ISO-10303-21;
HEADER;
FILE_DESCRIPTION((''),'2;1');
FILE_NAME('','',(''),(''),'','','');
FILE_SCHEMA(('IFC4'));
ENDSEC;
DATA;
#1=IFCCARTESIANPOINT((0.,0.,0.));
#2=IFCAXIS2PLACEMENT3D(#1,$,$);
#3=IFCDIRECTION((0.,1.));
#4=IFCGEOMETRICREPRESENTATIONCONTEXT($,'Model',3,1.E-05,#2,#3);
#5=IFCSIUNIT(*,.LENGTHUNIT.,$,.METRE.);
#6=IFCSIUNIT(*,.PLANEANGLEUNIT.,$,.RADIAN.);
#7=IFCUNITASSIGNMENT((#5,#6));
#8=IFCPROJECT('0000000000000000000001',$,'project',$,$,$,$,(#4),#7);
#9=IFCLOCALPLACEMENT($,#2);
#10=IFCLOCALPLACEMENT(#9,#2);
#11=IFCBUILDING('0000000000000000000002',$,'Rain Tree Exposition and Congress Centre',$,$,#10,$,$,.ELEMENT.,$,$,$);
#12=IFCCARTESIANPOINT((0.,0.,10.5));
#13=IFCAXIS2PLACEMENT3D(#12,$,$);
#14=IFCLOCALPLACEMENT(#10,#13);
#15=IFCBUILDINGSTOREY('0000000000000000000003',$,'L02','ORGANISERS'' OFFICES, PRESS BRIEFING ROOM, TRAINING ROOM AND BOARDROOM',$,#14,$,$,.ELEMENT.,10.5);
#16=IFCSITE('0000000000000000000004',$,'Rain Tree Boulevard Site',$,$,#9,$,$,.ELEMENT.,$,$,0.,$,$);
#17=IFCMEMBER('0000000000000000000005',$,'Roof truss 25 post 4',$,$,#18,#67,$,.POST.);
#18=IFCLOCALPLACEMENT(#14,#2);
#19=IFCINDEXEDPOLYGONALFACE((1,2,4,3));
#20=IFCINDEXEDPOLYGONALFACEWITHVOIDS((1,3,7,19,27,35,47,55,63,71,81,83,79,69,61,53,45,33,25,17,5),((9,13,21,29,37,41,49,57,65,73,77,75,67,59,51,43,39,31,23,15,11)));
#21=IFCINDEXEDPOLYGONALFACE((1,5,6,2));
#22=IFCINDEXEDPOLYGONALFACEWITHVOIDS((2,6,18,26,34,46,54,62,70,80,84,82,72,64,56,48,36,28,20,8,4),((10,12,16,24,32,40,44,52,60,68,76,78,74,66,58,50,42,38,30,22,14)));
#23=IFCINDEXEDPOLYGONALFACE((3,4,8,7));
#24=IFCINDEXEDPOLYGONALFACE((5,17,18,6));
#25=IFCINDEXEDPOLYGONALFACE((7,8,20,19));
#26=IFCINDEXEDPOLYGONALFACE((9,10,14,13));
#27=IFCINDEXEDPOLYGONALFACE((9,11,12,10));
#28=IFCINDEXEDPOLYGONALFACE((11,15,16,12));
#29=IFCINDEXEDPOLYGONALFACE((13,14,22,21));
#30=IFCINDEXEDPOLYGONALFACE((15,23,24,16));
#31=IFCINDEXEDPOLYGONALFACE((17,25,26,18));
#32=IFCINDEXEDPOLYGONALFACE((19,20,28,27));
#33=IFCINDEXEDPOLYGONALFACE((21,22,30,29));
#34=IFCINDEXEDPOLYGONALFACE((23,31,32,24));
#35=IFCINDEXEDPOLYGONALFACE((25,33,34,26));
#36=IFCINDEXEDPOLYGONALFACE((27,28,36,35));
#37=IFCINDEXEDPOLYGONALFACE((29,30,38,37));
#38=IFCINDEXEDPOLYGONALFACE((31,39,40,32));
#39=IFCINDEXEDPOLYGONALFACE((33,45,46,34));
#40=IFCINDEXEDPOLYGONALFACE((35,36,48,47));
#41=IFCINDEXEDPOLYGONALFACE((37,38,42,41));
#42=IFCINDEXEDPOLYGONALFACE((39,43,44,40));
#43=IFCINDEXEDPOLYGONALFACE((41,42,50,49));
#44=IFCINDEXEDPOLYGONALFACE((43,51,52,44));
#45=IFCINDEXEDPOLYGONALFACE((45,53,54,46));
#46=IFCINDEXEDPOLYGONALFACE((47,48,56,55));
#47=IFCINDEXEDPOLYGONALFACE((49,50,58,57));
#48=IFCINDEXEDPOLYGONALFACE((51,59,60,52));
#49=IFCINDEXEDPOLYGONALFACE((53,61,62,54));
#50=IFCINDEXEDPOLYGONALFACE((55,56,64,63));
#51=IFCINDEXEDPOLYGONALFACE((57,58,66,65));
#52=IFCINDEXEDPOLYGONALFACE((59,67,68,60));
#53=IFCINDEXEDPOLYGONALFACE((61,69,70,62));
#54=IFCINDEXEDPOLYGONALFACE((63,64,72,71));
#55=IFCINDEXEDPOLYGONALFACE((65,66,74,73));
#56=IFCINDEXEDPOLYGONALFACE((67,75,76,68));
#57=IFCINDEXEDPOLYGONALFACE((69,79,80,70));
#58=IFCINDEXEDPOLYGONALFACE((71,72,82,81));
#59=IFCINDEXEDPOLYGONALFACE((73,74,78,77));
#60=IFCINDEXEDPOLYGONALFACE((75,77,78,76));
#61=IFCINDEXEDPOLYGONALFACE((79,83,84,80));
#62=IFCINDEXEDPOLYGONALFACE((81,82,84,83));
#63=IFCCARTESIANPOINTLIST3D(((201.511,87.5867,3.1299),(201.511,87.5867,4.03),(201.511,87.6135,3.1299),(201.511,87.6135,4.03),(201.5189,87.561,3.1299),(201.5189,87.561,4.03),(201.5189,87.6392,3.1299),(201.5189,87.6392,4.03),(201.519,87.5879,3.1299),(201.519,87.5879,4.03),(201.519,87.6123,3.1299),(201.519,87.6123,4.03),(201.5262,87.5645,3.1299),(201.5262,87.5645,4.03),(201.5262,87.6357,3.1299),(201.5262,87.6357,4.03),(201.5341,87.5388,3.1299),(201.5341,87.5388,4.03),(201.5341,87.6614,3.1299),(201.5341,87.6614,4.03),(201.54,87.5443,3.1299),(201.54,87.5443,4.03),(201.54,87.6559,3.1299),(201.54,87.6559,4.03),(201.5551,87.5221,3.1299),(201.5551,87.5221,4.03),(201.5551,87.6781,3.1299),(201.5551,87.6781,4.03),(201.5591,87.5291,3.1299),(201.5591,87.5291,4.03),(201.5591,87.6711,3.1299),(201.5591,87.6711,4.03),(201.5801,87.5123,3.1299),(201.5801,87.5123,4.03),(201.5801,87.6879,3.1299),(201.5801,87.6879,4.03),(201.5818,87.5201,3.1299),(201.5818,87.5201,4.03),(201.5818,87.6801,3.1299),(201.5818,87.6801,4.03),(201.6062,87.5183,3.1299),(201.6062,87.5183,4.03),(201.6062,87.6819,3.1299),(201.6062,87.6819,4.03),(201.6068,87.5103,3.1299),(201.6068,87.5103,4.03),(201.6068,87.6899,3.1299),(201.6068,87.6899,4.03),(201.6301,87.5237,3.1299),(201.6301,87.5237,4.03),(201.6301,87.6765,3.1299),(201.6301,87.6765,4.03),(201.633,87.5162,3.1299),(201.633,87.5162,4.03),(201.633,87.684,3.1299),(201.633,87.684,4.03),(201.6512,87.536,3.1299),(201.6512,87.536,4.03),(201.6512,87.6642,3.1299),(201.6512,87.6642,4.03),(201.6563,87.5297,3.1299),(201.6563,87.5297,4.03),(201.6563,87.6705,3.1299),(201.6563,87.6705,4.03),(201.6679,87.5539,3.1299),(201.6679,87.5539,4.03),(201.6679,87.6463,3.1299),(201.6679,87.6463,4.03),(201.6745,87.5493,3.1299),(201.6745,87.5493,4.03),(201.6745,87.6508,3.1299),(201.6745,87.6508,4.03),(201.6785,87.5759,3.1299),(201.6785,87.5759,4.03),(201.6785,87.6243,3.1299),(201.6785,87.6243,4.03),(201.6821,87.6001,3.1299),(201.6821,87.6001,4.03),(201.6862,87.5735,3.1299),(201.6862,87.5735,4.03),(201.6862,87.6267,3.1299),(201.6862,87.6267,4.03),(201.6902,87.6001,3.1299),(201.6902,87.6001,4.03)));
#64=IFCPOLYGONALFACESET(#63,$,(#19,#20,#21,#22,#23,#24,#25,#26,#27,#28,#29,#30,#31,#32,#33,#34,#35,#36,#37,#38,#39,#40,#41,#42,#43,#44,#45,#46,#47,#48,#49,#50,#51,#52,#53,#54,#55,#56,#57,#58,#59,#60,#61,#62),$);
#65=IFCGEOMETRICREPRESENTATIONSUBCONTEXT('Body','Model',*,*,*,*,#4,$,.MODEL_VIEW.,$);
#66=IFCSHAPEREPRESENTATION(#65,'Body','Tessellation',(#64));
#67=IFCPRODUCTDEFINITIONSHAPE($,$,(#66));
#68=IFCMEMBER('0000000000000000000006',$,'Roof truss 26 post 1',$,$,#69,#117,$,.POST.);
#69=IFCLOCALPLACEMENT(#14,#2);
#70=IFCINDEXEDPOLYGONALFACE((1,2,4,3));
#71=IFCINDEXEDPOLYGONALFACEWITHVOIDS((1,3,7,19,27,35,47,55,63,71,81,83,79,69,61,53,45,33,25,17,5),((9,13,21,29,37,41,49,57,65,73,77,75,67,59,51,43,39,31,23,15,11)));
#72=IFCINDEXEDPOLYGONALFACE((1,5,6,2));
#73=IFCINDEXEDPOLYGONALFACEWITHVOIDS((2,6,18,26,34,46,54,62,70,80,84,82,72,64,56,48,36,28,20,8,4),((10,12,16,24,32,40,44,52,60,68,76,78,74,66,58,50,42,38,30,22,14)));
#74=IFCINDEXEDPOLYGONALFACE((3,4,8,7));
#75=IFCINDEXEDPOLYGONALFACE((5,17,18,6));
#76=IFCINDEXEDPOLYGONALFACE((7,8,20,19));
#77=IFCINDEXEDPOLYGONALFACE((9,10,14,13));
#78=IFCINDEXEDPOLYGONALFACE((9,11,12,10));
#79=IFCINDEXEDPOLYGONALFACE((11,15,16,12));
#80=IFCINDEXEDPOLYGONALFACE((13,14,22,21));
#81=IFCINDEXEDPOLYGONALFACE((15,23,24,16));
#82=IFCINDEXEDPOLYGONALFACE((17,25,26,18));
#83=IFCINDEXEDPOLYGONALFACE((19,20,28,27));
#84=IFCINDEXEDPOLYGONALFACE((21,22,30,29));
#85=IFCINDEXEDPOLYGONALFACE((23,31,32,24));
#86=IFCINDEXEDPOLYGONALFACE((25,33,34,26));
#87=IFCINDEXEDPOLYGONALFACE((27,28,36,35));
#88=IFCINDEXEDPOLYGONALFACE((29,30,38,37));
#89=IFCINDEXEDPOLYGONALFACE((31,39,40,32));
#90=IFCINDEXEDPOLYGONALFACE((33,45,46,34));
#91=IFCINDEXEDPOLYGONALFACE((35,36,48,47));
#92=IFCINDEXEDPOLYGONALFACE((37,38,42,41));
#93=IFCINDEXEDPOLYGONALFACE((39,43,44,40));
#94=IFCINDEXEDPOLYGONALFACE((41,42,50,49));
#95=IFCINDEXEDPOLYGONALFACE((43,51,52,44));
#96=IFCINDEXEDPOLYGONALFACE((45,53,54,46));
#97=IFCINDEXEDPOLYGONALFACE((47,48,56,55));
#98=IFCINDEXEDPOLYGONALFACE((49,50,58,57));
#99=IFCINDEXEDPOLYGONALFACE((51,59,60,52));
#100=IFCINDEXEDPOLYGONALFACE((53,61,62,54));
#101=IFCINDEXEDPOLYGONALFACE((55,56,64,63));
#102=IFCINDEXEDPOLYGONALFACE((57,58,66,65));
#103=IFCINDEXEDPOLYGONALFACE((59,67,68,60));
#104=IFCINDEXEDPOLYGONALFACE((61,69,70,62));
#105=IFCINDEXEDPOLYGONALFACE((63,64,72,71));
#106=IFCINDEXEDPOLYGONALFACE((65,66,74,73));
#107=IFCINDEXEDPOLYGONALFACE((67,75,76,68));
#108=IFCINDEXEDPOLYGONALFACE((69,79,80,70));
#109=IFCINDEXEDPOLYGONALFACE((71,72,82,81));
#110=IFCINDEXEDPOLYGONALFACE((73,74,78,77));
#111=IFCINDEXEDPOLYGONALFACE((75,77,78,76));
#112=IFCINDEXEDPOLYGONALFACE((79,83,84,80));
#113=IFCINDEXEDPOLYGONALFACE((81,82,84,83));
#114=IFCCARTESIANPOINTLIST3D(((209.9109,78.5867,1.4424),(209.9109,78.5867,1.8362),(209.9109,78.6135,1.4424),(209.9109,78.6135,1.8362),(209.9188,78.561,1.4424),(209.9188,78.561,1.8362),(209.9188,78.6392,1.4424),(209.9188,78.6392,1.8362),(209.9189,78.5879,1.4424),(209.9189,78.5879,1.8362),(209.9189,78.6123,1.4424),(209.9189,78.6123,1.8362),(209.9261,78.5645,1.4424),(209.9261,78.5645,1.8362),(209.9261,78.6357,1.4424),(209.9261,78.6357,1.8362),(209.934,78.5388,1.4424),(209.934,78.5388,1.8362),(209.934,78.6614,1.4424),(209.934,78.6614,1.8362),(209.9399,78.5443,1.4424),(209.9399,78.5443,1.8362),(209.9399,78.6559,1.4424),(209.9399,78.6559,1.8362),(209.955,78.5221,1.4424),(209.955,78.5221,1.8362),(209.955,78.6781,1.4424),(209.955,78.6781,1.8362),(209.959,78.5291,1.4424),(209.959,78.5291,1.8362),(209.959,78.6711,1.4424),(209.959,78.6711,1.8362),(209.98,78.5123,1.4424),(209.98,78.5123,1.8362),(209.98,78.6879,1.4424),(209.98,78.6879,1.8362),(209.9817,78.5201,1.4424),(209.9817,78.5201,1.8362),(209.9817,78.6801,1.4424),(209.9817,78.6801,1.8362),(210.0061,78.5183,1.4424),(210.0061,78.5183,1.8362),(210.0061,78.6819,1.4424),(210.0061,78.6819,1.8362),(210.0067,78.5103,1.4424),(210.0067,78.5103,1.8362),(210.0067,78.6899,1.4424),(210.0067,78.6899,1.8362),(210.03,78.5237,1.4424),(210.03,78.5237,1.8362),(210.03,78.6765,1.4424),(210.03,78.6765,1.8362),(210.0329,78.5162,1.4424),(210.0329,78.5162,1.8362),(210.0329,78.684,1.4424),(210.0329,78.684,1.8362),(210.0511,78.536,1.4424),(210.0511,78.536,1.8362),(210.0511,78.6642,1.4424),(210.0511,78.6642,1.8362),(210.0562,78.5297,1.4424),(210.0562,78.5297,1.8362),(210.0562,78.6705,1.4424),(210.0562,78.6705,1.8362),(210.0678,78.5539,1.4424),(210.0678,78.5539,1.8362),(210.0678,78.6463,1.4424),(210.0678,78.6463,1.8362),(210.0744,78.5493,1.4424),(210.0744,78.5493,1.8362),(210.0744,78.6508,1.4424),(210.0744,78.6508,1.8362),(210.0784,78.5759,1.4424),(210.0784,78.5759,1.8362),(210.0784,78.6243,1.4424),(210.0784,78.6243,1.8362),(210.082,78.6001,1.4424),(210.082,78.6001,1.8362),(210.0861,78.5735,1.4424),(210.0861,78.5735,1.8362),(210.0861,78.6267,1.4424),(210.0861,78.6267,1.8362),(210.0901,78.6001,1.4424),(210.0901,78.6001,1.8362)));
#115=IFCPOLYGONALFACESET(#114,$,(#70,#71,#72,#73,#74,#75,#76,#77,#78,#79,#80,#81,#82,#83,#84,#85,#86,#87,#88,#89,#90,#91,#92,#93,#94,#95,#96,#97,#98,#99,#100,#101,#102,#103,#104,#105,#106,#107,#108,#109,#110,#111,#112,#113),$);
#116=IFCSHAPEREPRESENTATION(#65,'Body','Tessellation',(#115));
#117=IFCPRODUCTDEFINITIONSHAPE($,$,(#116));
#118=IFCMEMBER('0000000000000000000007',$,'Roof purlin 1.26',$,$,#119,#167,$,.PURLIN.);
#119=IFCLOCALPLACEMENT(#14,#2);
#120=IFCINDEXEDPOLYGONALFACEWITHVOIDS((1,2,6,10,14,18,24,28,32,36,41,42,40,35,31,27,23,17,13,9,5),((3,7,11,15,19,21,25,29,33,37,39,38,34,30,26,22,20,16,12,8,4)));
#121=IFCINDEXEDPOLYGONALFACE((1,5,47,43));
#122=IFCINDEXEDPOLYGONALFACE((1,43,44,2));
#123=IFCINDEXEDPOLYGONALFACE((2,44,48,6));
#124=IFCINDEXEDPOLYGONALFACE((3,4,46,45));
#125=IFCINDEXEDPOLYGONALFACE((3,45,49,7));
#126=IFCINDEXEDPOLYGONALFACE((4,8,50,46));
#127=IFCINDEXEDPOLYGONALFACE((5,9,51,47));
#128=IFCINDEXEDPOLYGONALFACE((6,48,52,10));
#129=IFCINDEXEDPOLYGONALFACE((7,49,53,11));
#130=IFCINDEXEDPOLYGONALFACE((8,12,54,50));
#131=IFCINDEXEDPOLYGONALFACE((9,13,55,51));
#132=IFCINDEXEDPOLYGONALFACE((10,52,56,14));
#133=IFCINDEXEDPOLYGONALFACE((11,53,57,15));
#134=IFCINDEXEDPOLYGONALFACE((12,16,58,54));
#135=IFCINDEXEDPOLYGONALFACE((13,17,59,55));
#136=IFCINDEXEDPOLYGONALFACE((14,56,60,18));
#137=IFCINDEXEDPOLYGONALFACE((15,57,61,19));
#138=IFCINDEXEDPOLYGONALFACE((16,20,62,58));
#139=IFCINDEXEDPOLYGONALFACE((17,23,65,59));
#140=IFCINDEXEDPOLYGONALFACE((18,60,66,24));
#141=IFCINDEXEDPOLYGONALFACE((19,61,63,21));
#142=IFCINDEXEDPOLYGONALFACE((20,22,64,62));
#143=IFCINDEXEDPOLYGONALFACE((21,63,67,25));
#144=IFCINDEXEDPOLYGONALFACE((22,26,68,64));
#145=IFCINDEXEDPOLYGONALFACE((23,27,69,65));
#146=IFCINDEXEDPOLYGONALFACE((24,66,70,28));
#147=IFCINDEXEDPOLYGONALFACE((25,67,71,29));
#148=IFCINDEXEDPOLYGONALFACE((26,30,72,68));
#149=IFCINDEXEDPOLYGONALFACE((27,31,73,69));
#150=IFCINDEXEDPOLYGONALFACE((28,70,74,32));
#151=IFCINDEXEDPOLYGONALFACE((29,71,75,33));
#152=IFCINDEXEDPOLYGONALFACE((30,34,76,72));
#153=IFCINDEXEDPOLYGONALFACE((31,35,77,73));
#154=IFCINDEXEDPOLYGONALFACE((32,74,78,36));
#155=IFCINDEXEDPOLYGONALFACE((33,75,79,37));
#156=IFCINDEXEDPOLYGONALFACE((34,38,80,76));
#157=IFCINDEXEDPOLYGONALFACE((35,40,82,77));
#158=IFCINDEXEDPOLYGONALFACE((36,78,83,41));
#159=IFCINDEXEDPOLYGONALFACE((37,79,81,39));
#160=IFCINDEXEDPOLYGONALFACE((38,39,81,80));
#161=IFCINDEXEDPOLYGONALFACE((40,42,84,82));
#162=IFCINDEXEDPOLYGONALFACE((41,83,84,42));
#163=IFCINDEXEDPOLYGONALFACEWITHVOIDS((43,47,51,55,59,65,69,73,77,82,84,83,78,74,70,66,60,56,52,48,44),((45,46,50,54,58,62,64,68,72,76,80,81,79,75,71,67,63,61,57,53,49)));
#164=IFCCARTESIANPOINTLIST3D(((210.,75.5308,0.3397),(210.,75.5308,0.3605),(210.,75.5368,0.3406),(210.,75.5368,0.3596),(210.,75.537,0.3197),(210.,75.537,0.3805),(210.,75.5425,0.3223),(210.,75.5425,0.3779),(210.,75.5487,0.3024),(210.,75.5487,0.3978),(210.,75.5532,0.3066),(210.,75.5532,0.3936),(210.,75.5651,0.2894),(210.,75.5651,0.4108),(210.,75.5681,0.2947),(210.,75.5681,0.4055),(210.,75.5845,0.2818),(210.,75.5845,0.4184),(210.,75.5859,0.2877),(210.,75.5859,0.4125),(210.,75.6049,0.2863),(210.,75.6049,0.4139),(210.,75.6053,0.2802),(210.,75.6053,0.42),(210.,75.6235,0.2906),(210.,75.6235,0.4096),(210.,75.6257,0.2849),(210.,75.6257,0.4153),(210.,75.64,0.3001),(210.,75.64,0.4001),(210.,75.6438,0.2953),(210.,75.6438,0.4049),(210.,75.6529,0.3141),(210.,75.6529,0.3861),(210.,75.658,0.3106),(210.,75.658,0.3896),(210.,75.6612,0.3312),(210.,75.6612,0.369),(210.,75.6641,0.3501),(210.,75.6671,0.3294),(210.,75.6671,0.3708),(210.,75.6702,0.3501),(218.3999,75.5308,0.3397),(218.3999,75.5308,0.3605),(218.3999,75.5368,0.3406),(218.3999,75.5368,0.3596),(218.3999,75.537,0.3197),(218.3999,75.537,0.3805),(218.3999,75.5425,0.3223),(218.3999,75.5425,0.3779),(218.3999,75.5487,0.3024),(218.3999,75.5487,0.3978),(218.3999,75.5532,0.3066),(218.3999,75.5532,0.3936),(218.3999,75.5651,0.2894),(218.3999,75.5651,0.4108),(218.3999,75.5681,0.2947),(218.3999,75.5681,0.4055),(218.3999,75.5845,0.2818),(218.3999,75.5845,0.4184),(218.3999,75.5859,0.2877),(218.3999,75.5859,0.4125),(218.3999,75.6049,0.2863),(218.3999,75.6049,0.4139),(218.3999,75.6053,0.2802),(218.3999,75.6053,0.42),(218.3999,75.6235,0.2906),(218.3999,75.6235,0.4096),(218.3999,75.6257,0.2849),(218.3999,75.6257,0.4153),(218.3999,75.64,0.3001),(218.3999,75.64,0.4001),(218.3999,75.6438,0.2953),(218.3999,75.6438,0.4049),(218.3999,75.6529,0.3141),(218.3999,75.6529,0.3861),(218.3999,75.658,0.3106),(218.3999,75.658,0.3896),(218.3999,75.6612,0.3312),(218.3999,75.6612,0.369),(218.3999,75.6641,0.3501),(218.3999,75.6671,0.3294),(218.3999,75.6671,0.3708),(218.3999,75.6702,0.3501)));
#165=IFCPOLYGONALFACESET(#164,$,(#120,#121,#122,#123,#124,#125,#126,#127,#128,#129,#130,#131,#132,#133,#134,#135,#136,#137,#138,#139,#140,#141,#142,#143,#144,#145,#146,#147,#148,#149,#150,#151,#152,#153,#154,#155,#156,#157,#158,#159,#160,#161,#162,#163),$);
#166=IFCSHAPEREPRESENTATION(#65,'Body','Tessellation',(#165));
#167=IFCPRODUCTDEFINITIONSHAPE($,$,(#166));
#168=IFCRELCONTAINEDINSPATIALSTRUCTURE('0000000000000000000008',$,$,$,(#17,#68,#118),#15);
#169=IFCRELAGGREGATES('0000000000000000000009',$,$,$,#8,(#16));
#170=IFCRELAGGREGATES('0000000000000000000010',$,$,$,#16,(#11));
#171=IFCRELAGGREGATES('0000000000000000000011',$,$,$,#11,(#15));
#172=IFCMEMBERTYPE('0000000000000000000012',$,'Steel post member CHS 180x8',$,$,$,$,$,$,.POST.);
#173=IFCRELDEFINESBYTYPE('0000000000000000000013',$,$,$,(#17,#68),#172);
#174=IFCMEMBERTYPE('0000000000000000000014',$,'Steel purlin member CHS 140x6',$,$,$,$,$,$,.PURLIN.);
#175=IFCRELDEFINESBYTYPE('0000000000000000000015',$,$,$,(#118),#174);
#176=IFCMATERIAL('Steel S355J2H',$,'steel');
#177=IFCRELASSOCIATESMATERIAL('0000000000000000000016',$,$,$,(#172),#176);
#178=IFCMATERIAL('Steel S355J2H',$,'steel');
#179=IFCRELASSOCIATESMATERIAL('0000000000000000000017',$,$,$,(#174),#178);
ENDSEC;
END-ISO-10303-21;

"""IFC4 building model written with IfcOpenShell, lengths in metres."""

from ifc_helpers import new_model, si_unit, direction, frame, origin, origin_2d, place, context, subcontext, project, spatial, hollow_circle, extrude, material, material_profile, profile_set, type_object, element, save


model = new_model("IFC4")

# Units and contexts
model_context = context("Model", 3, precision=1e-05, world=origin(), true_north=direction((0.0, 1.0)))
body_context = subcontext(model_context, "Body", "Model", "MODEL_VIEW")
ifc_project = project(units=[si_unit("LENGTHUNIT", "METRE"), si_unit("PLANEANGLEUNIT", "RADIAN")], contexts=[model_context])

# Site, building, storey
site_placement = place(None, origin())
site = spatial("IfcSite", under=ifc_project, at=site_placement, Name="Rain Tree Boulevard Site", CompositionType="ELEMENT", RefElevation=0.0)
building_placement = place(site_placement, origin())
building = spatial("IfcBuilding", under=site, at=building_placement, Name="Rain Tree Exposition and Congress Centre", CompositionType="ELEMENT")
storey_placement = place(building_placement, frame((0.0, 0.0, 10.5)))
storey = spatial("IfcBuildingStorey", under=building, at=storey_placement, Name="L02", Description="ORGANISERS' OFFICES, PRESS BRIEFING ROOM, TRAINING ROOM AND BOARDROOM", CompositionType="ELEMENT", Elevation=10.5)

# Members
ifc_material_1 = material(Name="Steel S355J2H", Category="steel")
ifc_material_profile_1 = material_profile(ifc_material_1, hollow_circle(Radius=0.0901, WallThickness=0.0081, at=origin_2d()), Name="CHS 180x8")
ifc_profile_set_1 = profile_set([ifc_material_profile_1], Name="Steel S355J2H")
member_type_1 = type_object("IfcMemberType", Name="Steel post member CHS 180x8", PredefinedType="POST", material=ifc_profile_set_1)
member_1_placement = place(storey_placement, frame((201.6001, 87.6001, 3.1299), z_axis=(0.0, 0.0, 1.0), x_axis=(1.0, 0.0, 0.0)))
element("IfcMember", 1, at=member_1_placement, inside=storey, type_object=member_type_1, Name="Roof truss 25 post 4", PredefinedType="POST", context=body_context, shape_type="SweptSolid", body=[
    extrude(hollow_circle(Radius=0.0901, WallThickness=0.0081, at=origin_2d()), origin(), (0.0, 0.0, 1.0), 0.9001),
])
member_2_placement = place(storey_placement, frame((210.0, 78.6001, 1.4424), z_axis=(0.0, 0.0, 1.0), x_axis=(1.0, 0.0, 0.0)))
element("IfcMember", 2, at=member_2_placement, inside=storey, type_object=member_type_1, Name="Roof truss 26 post 1", PredefinedType="POST", context=body_context, shape_type="SweptSolid", body=[
    extrude(hollow_circle(Radius=0.0901, WallThickness=0.0081, at=origin_2d()), origin(), (0.0, 0.0, 1.0), 0.3938),
])
ifc_material_2 = material(Name="Steel S355J2H", Category="steel")
ifc_material_profile_2 = material_profile(ifc_material_2, hollow_circle(Radius=0.0701, WallThickness=0.0061, at=origin_2d()), Name="CHS 140x6")
ifc_profile_set_2 = profile_set([ifc_material_profile_2], Name="Steel S355J2H")
member_type_2 = type_object("IfcMemberType", Name="Steel purlin member CHS 140x6", PredefinedType="PURLIN", material=ifc_profile_set_2)
for number, where, z_axis, x_axis, name in (
    (3, (210.0, 75.6001, 0.3501), (1.0, 0.0, 0.0), (0.0, 1.0, 0.0), "Roof purlin 1.26"),
):
    element("IfcMember", number, at=place(storey_placement, frame(where, z_axis=z_axis, x_axis=x_axis)), inside=storey, type_object=member_type_2, Name=name, PredefinedType="PURLIN", context=body_context, shape_type="SweptSolid", body=[
        extrude(hollow_circle(Radius=0.0701, WallThickness=0.0061, at=origin_2d()), origin(), (0.0, 0.0, 1.0), 8.3999),
    ])

save(model, "model.ifc")
